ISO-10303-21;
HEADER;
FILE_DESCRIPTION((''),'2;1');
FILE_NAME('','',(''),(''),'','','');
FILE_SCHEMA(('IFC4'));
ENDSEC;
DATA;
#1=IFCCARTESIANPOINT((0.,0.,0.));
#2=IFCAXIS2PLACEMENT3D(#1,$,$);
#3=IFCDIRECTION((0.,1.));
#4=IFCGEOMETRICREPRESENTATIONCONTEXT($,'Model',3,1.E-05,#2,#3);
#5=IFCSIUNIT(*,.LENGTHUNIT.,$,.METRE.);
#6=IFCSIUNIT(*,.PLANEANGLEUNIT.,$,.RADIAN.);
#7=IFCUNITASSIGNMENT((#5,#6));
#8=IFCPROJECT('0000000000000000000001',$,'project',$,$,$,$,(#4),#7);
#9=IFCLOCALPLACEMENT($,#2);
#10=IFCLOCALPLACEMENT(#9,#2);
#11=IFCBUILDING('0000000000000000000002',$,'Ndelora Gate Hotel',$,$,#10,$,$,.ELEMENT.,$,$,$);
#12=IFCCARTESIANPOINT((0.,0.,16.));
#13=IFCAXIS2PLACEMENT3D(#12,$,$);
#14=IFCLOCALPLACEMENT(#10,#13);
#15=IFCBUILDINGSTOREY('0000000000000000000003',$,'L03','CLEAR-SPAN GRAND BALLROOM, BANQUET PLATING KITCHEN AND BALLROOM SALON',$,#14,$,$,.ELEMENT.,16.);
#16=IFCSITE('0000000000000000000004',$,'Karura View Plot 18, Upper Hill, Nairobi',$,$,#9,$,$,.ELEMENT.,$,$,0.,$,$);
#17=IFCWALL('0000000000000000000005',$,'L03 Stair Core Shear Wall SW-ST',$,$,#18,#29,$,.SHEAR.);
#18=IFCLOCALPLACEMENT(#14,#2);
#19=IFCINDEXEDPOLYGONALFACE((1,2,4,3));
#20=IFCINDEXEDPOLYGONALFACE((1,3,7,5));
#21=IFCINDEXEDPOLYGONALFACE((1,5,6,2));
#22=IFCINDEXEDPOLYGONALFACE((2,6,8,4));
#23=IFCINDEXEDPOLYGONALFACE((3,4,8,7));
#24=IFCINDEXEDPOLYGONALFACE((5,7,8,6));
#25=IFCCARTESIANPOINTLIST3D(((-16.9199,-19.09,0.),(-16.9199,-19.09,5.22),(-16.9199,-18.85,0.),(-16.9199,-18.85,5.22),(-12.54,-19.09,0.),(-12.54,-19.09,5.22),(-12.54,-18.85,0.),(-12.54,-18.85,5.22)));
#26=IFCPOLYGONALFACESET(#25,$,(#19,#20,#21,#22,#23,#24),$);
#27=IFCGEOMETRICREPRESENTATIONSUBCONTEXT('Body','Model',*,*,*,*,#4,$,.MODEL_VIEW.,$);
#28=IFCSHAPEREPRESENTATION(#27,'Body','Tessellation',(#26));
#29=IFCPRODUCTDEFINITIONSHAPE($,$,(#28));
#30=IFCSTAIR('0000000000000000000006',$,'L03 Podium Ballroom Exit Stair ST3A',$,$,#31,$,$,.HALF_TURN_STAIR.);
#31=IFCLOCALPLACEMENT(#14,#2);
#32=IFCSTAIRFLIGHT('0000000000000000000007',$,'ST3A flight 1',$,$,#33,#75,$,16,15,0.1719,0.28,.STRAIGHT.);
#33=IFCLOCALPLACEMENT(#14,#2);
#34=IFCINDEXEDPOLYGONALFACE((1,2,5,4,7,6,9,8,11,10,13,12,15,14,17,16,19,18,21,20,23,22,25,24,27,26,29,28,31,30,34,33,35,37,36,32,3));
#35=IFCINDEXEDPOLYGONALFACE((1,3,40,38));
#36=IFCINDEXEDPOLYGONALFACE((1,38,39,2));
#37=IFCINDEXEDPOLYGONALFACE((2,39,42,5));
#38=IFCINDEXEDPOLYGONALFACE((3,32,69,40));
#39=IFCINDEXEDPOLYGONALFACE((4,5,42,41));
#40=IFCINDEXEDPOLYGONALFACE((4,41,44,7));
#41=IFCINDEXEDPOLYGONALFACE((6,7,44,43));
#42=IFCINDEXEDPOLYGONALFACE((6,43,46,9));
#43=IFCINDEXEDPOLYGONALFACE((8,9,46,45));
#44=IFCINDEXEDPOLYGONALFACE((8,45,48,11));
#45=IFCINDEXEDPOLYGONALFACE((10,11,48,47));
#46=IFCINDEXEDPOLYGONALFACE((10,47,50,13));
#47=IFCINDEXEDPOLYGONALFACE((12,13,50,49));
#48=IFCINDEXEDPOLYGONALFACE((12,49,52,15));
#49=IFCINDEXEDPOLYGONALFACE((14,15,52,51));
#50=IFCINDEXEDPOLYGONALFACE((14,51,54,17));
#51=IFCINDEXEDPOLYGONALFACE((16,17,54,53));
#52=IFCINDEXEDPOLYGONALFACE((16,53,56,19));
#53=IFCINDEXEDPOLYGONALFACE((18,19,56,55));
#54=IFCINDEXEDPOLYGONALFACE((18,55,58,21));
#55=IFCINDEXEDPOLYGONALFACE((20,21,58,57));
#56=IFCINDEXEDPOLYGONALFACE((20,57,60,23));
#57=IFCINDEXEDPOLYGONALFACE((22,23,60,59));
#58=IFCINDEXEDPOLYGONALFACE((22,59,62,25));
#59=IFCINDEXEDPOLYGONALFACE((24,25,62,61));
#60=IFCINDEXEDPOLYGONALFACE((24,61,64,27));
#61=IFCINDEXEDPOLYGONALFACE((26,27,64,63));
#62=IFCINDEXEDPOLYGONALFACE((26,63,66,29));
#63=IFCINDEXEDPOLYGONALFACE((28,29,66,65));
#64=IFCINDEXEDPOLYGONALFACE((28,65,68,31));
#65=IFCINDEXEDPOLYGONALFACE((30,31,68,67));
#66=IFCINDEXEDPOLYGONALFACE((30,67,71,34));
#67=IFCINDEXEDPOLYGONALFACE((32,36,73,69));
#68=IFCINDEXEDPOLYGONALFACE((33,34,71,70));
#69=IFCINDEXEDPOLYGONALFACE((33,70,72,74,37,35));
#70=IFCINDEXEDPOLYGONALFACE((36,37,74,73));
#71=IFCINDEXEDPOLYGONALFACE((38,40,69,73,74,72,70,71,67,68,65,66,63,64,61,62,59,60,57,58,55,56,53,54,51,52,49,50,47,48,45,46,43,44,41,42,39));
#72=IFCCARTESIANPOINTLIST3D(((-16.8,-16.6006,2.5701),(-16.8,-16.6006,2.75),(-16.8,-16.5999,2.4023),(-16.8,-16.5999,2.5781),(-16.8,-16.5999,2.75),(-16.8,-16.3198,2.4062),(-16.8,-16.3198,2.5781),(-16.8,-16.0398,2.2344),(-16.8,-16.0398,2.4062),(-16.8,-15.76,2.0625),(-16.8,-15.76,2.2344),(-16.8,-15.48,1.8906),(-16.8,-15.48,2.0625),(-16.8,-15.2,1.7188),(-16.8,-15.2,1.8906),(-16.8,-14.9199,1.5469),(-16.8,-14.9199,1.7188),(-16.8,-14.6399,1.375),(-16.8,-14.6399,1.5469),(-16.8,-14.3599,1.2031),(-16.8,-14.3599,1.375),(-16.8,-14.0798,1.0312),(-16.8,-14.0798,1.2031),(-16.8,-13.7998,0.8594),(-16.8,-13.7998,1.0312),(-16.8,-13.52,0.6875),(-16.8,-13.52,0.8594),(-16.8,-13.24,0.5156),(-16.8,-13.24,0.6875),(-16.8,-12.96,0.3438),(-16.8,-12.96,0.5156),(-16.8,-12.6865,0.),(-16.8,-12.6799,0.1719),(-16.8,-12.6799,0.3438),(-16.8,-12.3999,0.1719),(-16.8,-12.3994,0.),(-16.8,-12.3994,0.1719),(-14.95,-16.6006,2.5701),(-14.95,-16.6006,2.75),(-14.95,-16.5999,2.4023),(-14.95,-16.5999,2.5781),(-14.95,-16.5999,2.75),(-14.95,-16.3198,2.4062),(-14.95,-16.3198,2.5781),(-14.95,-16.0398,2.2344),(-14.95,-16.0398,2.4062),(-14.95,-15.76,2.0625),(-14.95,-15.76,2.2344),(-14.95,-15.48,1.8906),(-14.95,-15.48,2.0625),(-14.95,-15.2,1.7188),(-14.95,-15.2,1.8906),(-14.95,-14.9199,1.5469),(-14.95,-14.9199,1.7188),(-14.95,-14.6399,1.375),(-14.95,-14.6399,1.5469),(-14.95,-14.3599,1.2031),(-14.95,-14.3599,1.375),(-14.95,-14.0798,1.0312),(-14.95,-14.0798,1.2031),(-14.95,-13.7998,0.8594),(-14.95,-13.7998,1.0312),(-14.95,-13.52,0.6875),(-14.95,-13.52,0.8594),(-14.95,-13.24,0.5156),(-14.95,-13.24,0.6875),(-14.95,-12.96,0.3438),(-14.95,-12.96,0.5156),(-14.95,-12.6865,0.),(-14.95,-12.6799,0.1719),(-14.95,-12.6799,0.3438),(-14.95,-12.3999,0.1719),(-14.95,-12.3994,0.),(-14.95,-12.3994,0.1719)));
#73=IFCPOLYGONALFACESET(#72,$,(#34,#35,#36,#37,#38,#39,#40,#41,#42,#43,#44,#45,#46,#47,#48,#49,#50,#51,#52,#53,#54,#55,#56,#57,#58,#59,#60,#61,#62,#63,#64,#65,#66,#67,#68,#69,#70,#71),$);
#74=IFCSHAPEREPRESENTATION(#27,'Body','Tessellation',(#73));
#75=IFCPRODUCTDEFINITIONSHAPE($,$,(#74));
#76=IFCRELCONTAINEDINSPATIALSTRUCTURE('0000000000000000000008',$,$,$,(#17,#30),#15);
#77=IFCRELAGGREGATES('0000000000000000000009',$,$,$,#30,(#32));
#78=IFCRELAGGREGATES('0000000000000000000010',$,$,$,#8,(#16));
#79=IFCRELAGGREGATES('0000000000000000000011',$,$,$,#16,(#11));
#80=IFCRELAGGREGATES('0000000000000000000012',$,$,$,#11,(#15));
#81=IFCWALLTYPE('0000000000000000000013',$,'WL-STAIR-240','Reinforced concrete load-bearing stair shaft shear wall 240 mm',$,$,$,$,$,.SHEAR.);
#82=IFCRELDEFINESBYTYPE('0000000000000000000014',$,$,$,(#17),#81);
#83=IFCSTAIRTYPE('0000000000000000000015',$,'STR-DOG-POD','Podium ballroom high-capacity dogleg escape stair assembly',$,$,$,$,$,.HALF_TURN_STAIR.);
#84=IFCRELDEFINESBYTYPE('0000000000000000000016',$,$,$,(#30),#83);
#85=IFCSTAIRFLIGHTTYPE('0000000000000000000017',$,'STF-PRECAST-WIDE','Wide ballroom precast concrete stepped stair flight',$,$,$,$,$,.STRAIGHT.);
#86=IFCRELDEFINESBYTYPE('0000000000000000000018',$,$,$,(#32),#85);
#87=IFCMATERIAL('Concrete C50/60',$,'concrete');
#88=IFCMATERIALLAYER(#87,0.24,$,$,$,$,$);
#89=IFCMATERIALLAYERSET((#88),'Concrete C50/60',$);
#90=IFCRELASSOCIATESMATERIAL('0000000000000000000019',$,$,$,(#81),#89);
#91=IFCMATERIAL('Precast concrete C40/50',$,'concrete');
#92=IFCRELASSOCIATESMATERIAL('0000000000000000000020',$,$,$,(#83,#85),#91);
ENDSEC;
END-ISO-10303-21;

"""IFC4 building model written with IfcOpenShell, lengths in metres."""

from ifc_helpers import new_model, si_unit, direction, frame, frame_2d, origin, place, context, subcontext, project, spatial, polyline, rectangle, outline, extrude, material, layer, layer_set, type_object, element, aggregate, save


model = new_model("IFC4")

# Units and contexts
model_context = context("Model", 3, precision=1e-05, world=origin(), true_north=direction((0.0, 1.0)))
body_context = subcontext(model_context, "Body", "Model", "MODEL_VIEW")
ifc_project = project(units=[si_unit("LENGTHUNIT", "METRE"), si_unit("PLANEANGLEUNIT", "RADIAN")], contexts=[model_context])

# Site, building, storey
site_placement = place(None, origin())
site = spatial("IfcSite", under=ifc_project, at=site_placement, Name="Karura View Plot 18, Upper Hill, Nairobi", CompositionType="ELEMENT", RefElevation=0.0)
building_placement = place(site_placement, origin())
building = spatial("IfcBuilding", under=site, at=building_placement, Name="Ndelora Gate Hotel", CompositionType="ELEMENT")
storey_placement = place(building_placement, frame((0.0, 0.0, 16.0)))
storey = spatial("IfcBuildingStorey", under=building, at=storey_placement, Name="L03", Description="CLEAR-SPAN GRAND BALLROOM, BANQUET PLATING KITCHEN AND BALLROOM SALON", CompositionType="ELEMENT", Elevation=16.0)

# Shared definitions
ifc_material_1 = material(Name="Precast concrete C40/50", Category="concrete")

# Wall
ifc_material_2 = material(Name="Concrete C50/60", Category="concrete")
ifc_layer_1 = layer(ifc_material_2, 0.24)
ifc_layer_set_1 = layer_set([ifc_layer_1], Name="Concrete C50/60")
wall_type = type_object("IfcWallType", Name="WL-STAIR-240", Description="Reinforced concrete load-bearing stair shaft shear wall 240 mm", PredefinedType="SHEAR", material=ifc_layer_set_1)
wall_1_placement = place(storey_placement, frame((-16.9199, -18.97, 0.0), z_axis=(0.0, 0.0, 1.0), x_axis=(1.0, 0.0, 0.0)))
element("IfcWall", 1, at=wall_1_placement, inside=storey, type_object=wall_type, Name="L03 Stair Core Shear Wall SW-ST", PredefinedType="SHEAR", context=body_context, shape_type="SweptSolid", body=[
    extrude(rectangle(XDim=4.3799, YDim=0.24, at=frame_2d((2.1899, 0.0))), origin(), (0.0, 0.0, 1.0), 5.22),
])

# Stair, stair flight
stair_type = type_object("IfcStairType", Name="STR-DOG-POD", Description="Podium ballroom high-capacity dogleg escape stair assembly", PredefinedType="HALF_TURN_STAIR", material=ifc_material_1)
stair_placement = place(storey_placement, origin())
stair = element("IfcStair", 2, at=stair_placement, inside=storey, type_object=stair_type, Name="L03 Podium Ballroom Exit Stair ST3A", PredefinedType="HALF_TURN_STAIR")
stair_flight_type = type_object("IfcStairFlightType", Name="STF-PRECAST-WIDE", Description="Wide ballroom precast concrete stepped stair flight", PredefinedType="STRAIGHT", material=ifc_material_1)
stair_flight_placement = place(storey_placement, frame((-15.875, -12.3999, 0.0), z_axis=(0.0, 0.0, 1.0), x_axis=(0.0, -1.0, 0.0)))
stair_flight = element("IfcStairFlight", 3, at=stair_flight_placement, type_object=stair_flight_type, Name="ST3A flight 1", NumberOfRisers=16, NumberOfTreads=15, PredefinedType="STRAIGHT", RiserHeight=0.1719, TreadLength=0.28, context=body_context, shape_type="SweptSolid", body=[
    extrude(outline(polyline([(-0.0005, 0.0), (-0.0005, 0.1719), (0.0, 0.1719), (0.28, 0.1719), (0.28, 0.3438), (0.5601, 0.3438), (0.5601, 0.5156), (0.8401, 0.5156), (0.8401, 0.6875), (1.1201, 0.6875), (1.1201, 0.8594), (1.3999, 0.8594), (1.3999, 1.0312), (1.6799, 1.0312), (1.6799, 1.2031), (1.96, 1.2031), (1.96, 1.375), (2.24, 1.375), (2.24, 1.5469), (2.52, 1.5469), (2.52, 1.7188), (2.8, 1.7188), (2.8, 1.8906), (3.0801, 1.8906), (3.0801, 2.0625), (3.3601, 2.0625), (3.3601, 2.2344), (3.6399, 2.2344), (3.6399, 2.4062), (3.9199, 2.4062), (3.9199, 2.5781), (4.2, 2.5781), (4.2, 2.75), (4.2007, 2.75), (4.2007, 2.5701), (4.2, 2.4023), (0.2866, 0.0), (-0.0005, 0.0)])), frame((0.0, 0.925, 0.0), z_axis=(0.0, -1.0, 0.0), x_axis=(1.0, 0.0, 0.0)), (0.0, 0.0, 1.0), 1.8501),
])
aggregate(stair, [stair_flight])

save(model, "model.ifc")
